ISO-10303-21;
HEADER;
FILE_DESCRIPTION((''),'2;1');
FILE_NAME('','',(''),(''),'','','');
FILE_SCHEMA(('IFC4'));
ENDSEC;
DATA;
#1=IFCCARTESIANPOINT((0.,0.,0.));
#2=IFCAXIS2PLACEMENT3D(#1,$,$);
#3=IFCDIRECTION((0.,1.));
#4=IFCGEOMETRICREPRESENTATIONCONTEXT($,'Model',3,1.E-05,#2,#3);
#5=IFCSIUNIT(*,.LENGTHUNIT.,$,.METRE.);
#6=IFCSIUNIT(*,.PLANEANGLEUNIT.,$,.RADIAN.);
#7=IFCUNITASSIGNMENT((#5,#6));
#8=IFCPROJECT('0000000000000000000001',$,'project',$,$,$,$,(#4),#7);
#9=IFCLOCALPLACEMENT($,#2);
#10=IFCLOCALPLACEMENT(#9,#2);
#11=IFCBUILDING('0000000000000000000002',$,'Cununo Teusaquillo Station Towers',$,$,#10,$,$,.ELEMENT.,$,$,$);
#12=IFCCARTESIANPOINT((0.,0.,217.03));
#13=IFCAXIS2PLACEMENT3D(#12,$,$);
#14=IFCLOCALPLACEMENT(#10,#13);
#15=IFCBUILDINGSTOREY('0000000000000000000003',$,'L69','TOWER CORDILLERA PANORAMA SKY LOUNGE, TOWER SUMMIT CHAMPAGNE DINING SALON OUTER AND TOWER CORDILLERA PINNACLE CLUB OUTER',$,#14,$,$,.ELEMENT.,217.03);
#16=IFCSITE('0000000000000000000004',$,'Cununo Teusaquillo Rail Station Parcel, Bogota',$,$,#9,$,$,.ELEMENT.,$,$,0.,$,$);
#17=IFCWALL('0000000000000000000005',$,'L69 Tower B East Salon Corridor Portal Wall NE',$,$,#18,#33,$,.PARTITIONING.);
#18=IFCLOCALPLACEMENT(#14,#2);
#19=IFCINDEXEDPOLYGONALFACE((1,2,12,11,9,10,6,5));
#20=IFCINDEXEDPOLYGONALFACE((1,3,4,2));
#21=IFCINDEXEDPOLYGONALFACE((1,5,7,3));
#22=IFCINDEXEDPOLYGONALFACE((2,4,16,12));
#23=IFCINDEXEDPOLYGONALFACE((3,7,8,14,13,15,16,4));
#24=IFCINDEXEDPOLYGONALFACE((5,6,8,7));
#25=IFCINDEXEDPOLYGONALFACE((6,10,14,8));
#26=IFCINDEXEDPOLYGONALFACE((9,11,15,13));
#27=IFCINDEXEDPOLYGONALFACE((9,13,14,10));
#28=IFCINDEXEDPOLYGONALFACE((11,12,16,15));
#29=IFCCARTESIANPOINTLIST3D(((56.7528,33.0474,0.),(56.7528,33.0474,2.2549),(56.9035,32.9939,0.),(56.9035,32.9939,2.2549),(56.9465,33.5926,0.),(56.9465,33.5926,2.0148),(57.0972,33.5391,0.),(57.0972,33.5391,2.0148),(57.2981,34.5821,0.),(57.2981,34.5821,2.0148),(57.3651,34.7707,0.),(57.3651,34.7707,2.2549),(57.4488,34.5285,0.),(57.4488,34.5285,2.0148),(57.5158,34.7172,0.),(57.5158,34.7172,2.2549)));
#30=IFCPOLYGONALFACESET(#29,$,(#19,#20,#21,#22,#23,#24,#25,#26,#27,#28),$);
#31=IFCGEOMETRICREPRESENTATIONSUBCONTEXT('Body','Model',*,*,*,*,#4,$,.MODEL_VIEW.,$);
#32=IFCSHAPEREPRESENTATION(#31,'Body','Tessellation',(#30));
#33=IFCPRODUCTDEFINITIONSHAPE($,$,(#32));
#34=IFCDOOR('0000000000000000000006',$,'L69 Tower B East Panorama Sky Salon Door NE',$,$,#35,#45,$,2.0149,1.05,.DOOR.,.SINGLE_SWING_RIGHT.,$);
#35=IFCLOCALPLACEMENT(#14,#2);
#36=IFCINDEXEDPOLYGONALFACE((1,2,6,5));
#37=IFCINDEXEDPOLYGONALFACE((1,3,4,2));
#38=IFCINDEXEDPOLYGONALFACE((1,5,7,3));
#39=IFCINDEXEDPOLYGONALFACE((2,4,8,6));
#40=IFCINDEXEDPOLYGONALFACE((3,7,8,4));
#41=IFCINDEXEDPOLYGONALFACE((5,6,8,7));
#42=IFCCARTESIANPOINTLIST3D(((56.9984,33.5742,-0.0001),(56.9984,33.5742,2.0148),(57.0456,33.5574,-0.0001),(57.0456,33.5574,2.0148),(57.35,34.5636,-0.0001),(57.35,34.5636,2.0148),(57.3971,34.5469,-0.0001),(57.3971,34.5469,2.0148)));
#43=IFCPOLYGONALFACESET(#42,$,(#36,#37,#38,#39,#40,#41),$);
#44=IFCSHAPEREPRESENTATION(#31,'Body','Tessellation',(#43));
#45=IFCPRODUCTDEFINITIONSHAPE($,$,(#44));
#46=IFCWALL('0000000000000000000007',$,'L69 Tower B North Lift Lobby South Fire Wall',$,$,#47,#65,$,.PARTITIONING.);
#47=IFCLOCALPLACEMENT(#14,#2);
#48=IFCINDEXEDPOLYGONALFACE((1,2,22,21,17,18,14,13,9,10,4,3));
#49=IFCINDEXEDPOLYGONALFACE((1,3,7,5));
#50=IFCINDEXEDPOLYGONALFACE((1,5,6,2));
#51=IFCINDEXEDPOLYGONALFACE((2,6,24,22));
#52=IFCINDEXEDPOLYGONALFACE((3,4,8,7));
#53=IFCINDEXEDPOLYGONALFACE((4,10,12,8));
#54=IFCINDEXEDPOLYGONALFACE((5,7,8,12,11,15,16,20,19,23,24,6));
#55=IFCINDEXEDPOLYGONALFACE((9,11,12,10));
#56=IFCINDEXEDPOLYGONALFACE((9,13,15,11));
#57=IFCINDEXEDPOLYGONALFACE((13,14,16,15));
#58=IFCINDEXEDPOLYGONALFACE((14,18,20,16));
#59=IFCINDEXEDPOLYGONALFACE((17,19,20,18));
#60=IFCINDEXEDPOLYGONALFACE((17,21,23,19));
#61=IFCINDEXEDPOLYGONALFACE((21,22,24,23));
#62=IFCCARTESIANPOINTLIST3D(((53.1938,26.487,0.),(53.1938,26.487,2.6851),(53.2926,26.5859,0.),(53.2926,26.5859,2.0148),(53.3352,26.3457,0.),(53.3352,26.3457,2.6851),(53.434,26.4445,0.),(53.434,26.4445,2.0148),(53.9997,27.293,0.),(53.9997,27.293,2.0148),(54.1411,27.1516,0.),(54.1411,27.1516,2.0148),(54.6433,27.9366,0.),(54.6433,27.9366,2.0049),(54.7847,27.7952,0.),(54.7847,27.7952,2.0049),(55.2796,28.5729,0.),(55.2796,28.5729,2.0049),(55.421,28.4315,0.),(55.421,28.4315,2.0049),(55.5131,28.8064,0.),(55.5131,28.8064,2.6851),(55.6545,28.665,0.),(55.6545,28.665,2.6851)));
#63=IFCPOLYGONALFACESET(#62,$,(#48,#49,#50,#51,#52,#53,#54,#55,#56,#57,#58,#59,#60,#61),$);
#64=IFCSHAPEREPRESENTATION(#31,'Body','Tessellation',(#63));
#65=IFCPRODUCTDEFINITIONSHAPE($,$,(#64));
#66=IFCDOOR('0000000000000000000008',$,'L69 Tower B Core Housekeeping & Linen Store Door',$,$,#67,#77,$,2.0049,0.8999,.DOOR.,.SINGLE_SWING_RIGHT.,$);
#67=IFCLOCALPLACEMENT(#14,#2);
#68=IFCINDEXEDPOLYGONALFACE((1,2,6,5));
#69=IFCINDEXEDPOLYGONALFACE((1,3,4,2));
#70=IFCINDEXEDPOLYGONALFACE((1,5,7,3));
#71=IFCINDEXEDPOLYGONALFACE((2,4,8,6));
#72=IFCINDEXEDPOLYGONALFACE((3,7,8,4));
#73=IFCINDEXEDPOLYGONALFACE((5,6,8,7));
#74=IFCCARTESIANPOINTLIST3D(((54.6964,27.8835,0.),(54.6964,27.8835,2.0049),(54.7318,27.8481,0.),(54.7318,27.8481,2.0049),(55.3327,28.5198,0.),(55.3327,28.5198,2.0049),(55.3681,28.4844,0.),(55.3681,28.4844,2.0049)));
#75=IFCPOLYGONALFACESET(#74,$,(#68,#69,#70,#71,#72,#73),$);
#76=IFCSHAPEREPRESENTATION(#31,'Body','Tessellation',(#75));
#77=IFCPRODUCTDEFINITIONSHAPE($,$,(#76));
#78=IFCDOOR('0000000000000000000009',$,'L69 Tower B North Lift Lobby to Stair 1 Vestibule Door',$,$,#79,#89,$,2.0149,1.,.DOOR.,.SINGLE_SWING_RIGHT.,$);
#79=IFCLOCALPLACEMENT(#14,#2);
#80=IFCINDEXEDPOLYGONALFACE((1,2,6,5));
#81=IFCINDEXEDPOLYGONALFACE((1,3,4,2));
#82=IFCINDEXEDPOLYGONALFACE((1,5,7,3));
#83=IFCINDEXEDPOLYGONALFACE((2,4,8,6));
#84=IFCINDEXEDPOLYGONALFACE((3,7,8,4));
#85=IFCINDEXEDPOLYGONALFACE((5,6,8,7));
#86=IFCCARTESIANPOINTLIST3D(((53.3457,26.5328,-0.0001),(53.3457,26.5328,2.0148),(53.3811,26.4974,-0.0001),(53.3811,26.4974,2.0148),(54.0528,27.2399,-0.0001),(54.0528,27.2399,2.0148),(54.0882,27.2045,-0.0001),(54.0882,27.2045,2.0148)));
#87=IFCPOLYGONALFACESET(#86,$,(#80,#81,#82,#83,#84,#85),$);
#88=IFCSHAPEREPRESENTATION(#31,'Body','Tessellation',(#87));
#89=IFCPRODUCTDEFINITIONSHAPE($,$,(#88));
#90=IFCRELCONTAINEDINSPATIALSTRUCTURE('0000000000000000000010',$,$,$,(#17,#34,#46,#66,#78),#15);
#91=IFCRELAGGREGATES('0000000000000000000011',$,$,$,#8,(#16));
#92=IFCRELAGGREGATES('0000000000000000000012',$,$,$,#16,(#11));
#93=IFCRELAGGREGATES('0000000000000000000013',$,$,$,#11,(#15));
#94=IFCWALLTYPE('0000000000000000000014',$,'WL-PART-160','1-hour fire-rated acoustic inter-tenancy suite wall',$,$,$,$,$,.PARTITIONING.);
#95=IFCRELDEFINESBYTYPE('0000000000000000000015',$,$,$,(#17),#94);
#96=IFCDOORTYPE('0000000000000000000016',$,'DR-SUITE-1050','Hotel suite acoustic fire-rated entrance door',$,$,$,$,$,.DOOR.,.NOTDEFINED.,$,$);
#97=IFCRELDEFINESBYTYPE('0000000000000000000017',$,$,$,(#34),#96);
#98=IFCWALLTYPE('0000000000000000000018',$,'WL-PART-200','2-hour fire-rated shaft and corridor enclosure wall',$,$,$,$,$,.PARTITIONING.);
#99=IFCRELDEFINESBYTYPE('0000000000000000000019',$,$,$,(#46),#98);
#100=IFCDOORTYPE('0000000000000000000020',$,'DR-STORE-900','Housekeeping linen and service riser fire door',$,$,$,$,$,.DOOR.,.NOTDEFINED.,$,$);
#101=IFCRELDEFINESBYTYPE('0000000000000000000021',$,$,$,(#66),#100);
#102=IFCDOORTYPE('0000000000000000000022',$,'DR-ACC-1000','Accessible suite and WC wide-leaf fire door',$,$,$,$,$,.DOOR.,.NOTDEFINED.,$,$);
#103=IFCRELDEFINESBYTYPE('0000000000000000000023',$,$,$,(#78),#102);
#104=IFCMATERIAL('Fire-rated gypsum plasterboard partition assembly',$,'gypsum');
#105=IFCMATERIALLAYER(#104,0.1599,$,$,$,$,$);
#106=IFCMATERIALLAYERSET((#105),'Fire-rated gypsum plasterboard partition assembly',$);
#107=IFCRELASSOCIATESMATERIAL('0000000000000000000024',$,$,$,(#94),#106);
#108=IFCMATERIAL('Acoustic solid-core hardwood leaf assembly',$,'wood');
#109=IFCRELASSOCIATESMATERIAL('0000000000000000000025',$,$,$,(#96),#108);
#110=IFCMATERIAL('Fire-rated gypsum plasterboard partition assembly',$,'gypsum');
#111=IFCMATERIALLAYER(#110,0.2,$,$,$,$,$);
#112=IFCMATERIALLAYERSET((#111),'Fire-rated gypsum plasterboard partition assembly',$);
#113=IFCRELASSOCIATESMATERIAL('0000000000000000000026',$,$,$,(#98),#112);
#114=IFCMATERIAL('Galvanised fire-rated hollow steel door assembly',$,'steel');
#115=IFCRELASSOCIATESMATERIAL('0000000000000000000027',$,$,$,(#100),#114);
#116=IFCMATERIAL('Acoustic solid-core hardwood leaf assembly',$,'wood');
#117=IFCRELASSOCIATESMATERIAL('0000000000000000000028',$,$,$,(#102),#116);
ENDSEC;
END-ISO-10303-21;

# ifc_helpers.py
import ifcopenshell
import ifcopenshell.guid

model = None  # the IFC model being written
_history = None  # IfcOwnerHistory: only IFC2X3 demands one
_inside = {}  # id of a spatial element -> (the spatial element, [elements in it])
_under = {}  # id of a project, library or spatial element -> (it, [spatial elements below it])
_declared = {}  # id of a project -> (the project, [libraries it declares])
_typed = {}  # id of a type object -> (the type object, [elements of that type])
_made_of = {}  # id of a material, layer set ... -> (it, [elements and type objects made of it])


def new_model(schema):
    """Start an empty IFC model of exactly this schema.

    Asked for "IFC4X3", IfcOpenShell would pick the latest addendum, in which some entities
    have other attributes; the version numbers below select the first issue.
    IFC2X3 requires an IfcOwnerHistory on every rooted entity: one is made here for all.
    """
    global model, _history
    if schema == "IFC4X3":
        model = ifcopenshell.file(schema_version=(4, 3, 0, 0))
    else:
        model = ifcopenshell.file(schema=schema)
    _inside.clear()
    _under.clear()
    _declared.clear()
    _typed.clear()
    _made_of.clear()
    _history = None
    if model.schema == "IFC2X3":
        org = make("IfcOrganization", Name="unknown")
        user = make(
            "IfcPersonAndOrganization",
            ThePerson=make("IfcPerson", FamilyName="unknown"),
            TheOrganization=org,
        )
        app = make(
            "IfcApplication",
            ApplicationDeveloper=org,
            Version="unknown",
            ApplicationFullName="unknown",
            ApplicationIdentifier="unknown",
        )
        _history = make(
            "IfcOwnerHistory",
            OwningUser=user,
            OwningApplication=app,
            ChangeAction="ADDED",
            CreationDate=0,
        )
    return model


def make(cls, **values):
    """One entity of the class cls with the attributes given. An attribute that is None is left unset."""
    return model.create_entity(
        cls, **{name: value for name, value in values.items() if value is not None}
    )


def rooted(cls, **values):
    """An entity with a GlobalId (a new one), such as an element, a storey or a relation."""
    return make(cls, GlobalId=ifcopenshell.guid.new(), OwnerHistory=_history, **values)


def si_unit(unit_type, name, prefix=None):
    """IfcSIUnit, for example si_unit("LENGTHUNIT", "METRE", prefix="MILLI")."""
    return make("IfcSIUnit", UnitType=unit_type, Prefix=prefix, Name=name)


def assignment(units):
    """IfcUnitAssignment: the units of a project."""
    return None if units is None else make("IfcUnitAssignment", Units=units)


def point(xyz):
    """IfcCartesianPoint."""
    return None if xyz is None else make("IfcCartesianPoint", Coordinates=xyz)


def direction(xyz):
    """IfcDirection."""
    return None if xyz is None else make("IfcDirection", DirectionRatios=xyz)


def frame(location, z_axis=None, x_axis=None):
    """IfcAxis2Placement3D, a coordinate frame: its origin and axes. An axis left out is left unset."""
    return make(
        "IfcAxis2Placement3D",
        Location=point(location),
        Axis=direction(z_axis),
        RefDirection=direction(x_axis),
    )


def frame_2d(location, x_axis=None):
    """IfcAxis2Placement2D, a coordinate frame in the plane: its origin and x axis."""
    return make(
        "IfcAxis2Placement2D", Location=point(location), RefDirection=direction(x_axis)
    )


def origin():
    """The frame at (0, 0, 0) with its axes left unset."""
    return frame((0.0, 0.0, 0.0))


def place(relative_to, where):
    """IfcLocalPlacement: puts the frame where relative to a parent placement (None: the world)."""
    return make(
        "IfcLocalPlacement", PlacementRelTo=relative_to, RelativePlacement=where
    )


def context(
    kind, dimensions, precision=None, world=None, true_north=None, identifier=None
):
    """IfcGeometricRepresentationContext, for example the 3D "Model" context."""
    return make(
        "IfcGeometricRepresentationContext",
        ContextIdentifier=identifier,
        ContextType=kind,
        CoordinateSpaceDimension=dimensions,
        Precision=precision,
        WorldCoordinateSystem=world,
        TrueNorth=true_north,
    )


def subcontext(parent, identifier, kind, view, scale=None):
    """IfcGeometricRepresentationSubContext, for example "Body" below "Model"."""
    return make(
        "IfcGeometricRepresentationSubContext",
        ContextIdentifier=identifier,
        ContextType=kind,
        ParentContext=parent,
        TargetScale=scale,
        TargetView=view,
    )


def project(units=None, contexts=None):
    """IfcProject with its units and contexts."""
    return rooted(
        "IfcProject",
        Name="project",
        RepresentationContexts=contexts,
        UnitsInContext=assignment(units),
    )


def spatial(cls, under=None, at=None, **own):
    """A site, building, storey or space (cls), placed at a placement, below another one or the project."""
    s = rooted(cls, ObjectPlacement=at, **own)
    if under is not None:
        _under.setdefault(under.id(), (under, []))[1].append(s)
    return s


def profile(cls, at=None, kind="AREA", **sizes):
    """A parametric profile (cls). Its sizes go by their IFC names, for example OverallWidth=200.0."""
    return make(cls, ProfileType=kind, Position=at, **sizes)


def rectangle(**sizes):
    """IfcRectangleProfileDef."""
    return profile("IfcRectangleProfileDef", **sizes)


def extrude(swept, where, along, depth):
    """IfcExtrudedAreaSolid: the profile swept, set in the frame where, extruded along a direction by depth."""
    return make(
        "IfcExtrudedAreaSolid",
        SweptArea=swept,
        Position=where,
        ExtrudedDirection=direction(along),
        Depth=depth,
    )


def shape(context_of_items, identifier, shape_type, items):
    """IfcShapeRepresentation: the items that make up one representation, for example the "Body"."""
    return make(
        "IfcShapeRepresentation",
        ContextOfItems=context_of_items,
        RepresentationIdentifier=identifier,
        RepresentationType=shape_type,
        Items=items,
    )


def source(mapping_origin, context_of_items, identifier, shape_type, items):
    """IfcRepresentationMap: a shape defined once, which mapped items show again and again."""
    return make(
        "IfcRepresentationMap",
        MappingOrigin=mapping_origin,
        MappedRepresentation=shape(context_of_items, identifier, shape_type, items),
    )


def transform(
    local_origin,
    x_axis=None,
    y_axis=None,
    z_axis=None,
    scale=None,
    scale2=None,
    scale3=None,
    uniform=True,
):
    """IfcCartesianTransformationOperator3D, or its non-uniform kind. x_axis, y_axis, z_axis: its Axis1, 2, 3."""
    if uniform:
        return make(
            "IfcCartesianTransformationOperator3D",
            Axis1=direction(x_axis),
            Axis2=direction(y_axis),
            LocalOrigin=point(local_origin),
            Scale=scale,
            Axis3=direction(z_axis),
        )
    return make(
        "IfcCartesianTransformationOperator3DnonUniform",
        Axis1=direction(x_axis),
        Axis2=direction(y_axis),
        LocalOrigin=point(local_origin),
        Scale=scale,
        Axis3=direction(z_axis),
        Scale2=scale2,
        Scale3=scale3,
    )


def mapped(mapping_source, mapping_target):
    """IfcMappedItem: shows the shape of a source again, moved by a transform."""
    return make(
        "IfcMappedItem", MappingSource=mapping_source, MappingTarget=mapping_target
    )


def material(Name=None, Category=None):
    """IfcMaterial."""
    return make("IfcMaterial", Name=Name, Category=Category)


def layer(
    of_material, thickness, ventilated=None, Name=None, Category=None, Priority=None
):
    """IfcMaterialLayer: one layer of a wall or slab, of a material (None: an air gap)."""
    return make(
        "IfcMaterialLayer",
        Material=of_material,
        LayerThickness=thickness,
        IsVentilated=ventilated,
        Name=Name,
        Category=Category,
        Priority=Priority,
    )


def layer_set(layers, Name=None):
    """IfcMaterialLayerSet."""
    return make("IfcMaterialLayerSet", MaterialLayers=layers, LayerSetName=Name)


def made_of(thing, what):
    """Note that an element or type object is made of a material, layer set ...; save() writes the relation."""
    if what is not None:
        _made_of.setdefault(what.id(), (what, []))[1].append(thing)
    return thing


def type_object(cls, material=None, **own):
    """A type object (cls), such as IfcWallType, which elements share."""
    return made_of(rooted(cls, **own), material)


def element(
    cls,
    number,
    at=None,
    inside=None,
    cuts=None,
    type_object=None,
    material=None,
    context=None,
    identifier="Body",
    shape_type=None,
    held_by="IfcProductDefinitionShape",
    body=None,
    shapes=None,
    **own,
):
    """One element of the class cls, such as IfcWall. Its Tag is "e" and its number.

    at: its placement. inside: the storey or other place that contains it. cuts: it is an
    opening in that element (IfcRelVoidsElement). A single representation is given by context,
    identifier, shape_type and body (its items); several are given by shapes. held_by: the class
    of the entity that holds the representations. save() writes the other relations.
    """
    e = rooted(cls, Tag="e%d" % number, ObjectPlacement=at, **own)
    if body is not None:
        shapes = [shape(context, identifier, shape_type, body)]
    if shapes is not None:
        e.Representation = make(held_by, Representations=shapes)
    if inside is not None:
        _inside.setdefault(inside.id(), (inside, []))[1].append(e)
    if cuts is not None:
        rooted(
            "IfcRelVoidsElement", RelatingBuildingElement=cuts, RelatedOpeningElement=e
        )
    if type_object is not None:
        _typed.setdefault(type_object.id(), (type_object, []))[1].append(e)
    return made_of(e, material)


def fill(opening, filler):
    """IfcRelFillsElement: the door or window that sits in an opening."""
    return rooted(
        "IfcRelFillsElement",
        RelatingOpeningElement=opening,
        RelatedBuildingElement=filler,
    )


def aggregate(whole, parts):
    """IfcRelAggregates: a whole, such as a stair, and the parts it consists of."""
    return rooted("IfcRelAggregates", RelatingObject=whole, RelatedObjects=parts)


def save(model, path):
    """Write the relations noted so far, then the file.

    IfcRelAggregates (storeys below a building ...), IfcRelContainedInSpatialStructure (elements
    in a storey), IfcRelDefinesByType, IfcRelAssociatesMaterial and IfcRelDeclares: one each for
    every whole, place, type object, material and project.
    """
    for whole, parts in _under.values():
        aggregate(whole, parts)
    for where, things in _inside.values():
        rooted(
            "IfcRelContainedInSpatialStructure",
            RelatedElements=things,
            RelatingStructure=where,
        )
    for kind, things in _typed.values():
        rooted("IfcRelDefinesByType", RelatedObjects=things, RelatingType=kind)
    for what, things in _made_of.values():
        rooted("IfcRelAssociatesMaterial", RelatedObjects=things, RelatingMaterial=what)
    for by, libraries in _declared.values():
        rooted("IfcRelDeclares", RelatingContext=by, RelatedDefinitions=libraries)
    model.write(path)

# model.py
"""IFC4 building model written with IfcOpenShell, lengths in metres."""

from ifc_helpers import new_model, si_unit, direction, frame, frame_2d, origin, place, context, subcontext, project, spatial, rectangle, extrude, source, transform, mapped, material, layer, layer_set, type_object, element, fill, save


model = new_model("IFC4")

# Units and contexts
model_context = context("Model", 3, precision=1e-05, world=origin(), true_north=direction((0.0, 1.0)))
body_context = subcontext(model_context, "Body", "Model", "MODEL_VIEW")
ifc_project = project(units=[si_unit("LENGTHUNIT", "METRE"), si_unit("PLANEANGLEUNIT", "RADIAN")], contexts=[model_context])

# Site, building, storey
site_placement = place(None, origin())
site = spatial("IfcSite", under=ifc_project, at=site_placement, Name="Cununo Teusaquillo Rail Station Parcel, Bogota", CompositionType="ELEMENT", RefElevation=0.0)
building_placement = place(site_placement, origin())
building = spatial("IfcBuilding", under=site, at=building_placement, Name="Cununo Teusaquillo Station Towers", CompositionType="ELEMENT")
storey_placement = place(building_placement, frame((0.0, 0.0, 217.03)))
storey = spatial("IfcBuildingStorey", under=building, at=storey_placement, Name="L69", Description="TOWER CORDILLERA PANORAMA SKY LOUNGE, TOWER SUMMIT CHAMPAGNE DINING SALON OUTER AND TOWER CORDILLERA PINNACLE CLUB OUTER", CompositionType="ELEMENT", Elevation=217.03)

# Shared definitions
shared_shape_1 = source(origin(), body_context, "Body", "SweptSolid", [
    extrude(rectangle(XDim=0.8999, YDim=2.0049, at=frame_2d((0.45, 1.0024))), frame((0.0, 0.0249, 0.0), z_axis=(0.0, -1.0, 0.0), x_axis=(1.0, 0.0, 0.0)), (0.0, 0.0, 1.0), 0.05),
])

# Wall, opening, door
ifc_material_1 = material(Name="Fire-rated gypsum plasterboard partition assembly", Category="gypsum")
ifc_layer_1 = layer(ifc_material_1, 0.1599)
ifc_layer_set_1 = layer_set([ifc_layer_1], Name="Fire-rated gypsum plasterboard partition assembly")
wall_type_1 = type_object("IfcWallType", Name="WL-PART-160", Description="1-hour fire-rated acoustic inter-tenancy suite wall", PredefinedType="PARTITIONING", material=ifc_layer_set_1)
wall_1_placement = place(storey_placement, frame((56.8281, 33.0205, 0.0), z_axis=(0.0, 0.0, 1.0), x_axis=(0.334788, 0.942293, 0.0)))
wall_1 = element("IfcWall", 1, at=wall_1_placement, inside=storey, type_object=wall_type_1, Name="L69 Tower B East Salon Corridor Portal Wall NE", PredefinedType="PARTITIONING", context=body_context, shape_type="SweptSolid", body=[
    extrude(rectangle(XDim=1.8289, YDim=0.1599, at=frame_2d((0.9146, 0.0))), origin(), (0.0, 0.0, 1.0), 2.2549),
])
shared_shape_2 = source(origin(), body_context, "Body", "SweptSolid", [
    extrude(rectangle(XDim=1.05, YDim=2.0149, at=frame_2d((0.5249, 1.0073))), frame((0.0, 0.0898, 0.0), z_axis=(0.0, -1.0, 0.0), x_axis=(1.0, 0.0, 0.0)), (0.0, 0.0, 1.0), 0.1799),
])
opening_1_placement = place(wall_1_placement, frame((0.5789, 0.0, 0.0)))
opening_1 = element("IfcOpeningElement", 2, at=opening_1_placement, cuts=wall_1, PredefinedType="OPENING", context=body_context, shape_type="MappedRepresentation", body=[
    mapped(shared_shape_2, transform((0.0, 0.0, 0.0), x_axis=(1.0, 0.0, 0.0), y_axis=(0.0, 1.0, 0.0), z_axis=(0.0, 0.0, 1.0), scale=1.0)),
])
ifc_material_2 = material(Name="Acoustic solid-core hardwood leaf assembly", Category="wood")
door_type_1 = type_object("IfcDoorType", Name="DR-SUITE-1050", Description="Hotel suite acoustic fire-rated entrance door", OperationType="NOTDEFINED", PredefinedType="DOOR", material=ifc_material_2)
shared_shape_3 = source(origin(), body_context, "Body", "SweptSolid", [
    extrude(rectangle(XDim=1.05, YDim=2.0149, at=frame_2d((0.5249, 1.0073))), frame((0.0, 0.0249, 0.0), z_axis=(0.0, -1.0, 0.0), x_axis=(1.0, 0.0, 0.0)), (0.0, 0.0, 1.0), 0.05),
])
door_1_placement = place(opening_1_placement, origin())
door_1 = element("IfcDoor", 3, at=door_1_placement, inside=storey, type_object=door_type_1, Name="L69 Tower B East Panorama Sky Salon Door NE", OperationType="SINGLE_SWING_RIGHT", OverallHeight=2.0149, OverallWidth=1.05, PredefinedType="DOOR", context=body_context, shape_type="MappedRepresentation", body=[
    mapped(shared_shape_3, transform((0.0, 0.0, 0.0), x_axis=(1.0, 0.0, 0.0), y_axis=(0.0, 1.0, 0.0), z_axis=(0.0, 0.0, 1.0), scale=1.0)),
])
fill(opening_1, door_1)

# Wall, openings, doors
ifc_material_3 = material(Name="Fire-rated gypsum plasterboard partition assembly", Category="gypsum")
ifc_layer_2 = layer(ifc_material_3, 0.2)
ifc_layer_set_2 = layer_set([ifc_layer_2], Name="Fire-rated gypsum plasterboard partition assembly")
wall_type_2 = type_object("IfcWallType", Name="WL-PART-200", Description="2-hour fire-rated shaft and corridor enclosure wall", PredefinedType="PARTITIONING", material=ifc_layer_set_2)
wall_2_placement = place(storey_placement, frame((53.2644, 26.4163, 0.0), z_axis=(0.0, 0.0, 1.0), x_axis=(0.707107, 0.707107, 0.0)))
wall_2 = element("IfcWall", 4, at=wall_2_placement, inside=storey, type_object=wall_type_2, Name="L69 Tower B North Lift Lobby South Fire Wall", PredefinedType="PARTITIONING", context=body_context, shape_type="SweptSolid", body=[
    extrude(rectangle(XDim=3.28, YDim=0.2, at=frame_2d((1.6401, 0.0))), origin(), (0.0, 0.0, 1.0), 2.6851),
])
shared_shape_4 = source(origin(), body_context, "Body", "SweptSolid", [
    extrude(rectangle(XDim=1.0, YDim=2.0149, at=frame_2d((0.5, 1.0073))), frame((0.0, 0.1099, 0.0), z_axis=(0.0, -1.0, 0.0), x_axis=(1.0, 0.0, 0.0)), (0.0, 0.0, 1.0), 0.22),
])
opening_2_placement = place(wall_2_placement, frame((0.1399, 0.0, 0.0)))
opening_2 = element("IfcOpeningElement", 5, at=opening_2_placement, cuts=wall_2, PredefinedType="OPENING", context=body_context, shape_type="MappedRepresentation", body=[
    mapped(shared_shape_4, transform((0.0, 0.0, 0.0), x_axis=(1.0, 0.0, 0.0), y_axis=(0.0, 1.0, 0.0), z_axis=(0.0, 0.0, 1.0), scale=1.0)),
])
shared_shape_5 = source(origin(), body_context, "Body", "SweptSolid", [
    extrude(rectangle(XDim=0.8999, YDim=2.0049, at=frame_2d((0.45, 1.0024))), frame((0.0, 0.1099, 0.0), z_axis=(0.0, -1.0, 0.0), x_axis=(1.0, 0.0, 0.0)), (0.0, 0.0, 1.0), 0.22),
])
opening_3_placement = place(wall_2_placement, frame((2.05, 0.0, 0.0)))
opening_3 = element("IfcOpeningElement", 6, at=opening_3_placement, cuts=wall_2, PredefinedType="OPENING", context=body_context, shape_type="MappedRepresentation", body=[
    mapped(shared_shape_5, transform((0.0, 0.0, 0.0), x_axis=(1.0, 0.0, 0.0), y_axis=(0.0, 1.0, 0.0), z_axis=(0.0, 0.0, 1.0), scale=1.0)),
])
ifc_material_4 = material(Name="Galvanised fire-rated hollow steel door assembly", Category="steel")
door_type_2 = type_object("IfcDoorType", Name="DR-STORE-900", Description="Housekeeping linen and service riser fire door", OperationType="NOTDEFINED", PredefinedType="DOOR", material=ifc_material_4)
door_2_placement = place(opening_3_placement, origin())
door_2 = element("IfcDoor", 7, at=door_2_placement, inside=storey, type_object=door_type_2, Name="L69 Tower B Core Housekeeping & Linen Store Door", OperationType="SINGLE_SWING_RIGHT", OverallHeight=2.0049, OverallWidth=0.8999, PredefinedType="DOOR", context=body_context, shape_type="MappedRepresentation", body=[
    mapped(shared_shape_1, transform((0.0, 0.0, 0.0), x_axis=(1.0, 0.0, 0.0), y_axis=(0.0, 1.0, 0.0), z_axis=(0.0, 0.0, 1.0), scale=1.0)),
])
fill(opening_3, door_2)
ifc_material_5 = material(Name="Acoustic solid-core hardwood leaf assembly", Category="wood")
door_type_3 = type_object("IfcDoorType", Name="DR-ACC-1000", Description="Accessible suite and WC wide-leaf fire door", OperationType="NOTDEFINED", PredefinedType="DOOR", material=ifc_material_5)
shared_shape_6 = source(origin(), body_context, "Body", "SweptSolid", [
    extrude(rectangle(XDim=1.0, YDim=2.0149, at=frame_2d((0.5, 1.0073))), frame((0.0, 0.0249, 0.0), z_axis=(0.0, -1.0, 0.0), x_axis=(1.0, 0.0, 0.0)), (0.0, 0.0, 1.0), 0.05),
])
door_3_placement = place(opening_2_placement, origin())
door_3 = element("IfcDoor", 8, at=door_3_placement, inside=storey, type_object=door_type_3, Name="L69 Tower B North Lift Lobby to Stair 1 Vestibule Door", OperationType="SINGLE_SWING_RIGHT", OverallHeight=2.0149, OverallWidth=1.0, PredefinedType="DOOR", context=body_context, shape_type="MappedRepresentation", body=[
    mapped(shared_shape_6, transform((0.0, 0.0, 0.0), x_axis=(1.0, 0.0, 0.0), y_axis=(0.0, 1.0, 0.0), z_axis=(0.0, 0.0, 1.0), scale=1.0)),
])
fill(opening_2, door_3)

save(model, "model.ifc")
